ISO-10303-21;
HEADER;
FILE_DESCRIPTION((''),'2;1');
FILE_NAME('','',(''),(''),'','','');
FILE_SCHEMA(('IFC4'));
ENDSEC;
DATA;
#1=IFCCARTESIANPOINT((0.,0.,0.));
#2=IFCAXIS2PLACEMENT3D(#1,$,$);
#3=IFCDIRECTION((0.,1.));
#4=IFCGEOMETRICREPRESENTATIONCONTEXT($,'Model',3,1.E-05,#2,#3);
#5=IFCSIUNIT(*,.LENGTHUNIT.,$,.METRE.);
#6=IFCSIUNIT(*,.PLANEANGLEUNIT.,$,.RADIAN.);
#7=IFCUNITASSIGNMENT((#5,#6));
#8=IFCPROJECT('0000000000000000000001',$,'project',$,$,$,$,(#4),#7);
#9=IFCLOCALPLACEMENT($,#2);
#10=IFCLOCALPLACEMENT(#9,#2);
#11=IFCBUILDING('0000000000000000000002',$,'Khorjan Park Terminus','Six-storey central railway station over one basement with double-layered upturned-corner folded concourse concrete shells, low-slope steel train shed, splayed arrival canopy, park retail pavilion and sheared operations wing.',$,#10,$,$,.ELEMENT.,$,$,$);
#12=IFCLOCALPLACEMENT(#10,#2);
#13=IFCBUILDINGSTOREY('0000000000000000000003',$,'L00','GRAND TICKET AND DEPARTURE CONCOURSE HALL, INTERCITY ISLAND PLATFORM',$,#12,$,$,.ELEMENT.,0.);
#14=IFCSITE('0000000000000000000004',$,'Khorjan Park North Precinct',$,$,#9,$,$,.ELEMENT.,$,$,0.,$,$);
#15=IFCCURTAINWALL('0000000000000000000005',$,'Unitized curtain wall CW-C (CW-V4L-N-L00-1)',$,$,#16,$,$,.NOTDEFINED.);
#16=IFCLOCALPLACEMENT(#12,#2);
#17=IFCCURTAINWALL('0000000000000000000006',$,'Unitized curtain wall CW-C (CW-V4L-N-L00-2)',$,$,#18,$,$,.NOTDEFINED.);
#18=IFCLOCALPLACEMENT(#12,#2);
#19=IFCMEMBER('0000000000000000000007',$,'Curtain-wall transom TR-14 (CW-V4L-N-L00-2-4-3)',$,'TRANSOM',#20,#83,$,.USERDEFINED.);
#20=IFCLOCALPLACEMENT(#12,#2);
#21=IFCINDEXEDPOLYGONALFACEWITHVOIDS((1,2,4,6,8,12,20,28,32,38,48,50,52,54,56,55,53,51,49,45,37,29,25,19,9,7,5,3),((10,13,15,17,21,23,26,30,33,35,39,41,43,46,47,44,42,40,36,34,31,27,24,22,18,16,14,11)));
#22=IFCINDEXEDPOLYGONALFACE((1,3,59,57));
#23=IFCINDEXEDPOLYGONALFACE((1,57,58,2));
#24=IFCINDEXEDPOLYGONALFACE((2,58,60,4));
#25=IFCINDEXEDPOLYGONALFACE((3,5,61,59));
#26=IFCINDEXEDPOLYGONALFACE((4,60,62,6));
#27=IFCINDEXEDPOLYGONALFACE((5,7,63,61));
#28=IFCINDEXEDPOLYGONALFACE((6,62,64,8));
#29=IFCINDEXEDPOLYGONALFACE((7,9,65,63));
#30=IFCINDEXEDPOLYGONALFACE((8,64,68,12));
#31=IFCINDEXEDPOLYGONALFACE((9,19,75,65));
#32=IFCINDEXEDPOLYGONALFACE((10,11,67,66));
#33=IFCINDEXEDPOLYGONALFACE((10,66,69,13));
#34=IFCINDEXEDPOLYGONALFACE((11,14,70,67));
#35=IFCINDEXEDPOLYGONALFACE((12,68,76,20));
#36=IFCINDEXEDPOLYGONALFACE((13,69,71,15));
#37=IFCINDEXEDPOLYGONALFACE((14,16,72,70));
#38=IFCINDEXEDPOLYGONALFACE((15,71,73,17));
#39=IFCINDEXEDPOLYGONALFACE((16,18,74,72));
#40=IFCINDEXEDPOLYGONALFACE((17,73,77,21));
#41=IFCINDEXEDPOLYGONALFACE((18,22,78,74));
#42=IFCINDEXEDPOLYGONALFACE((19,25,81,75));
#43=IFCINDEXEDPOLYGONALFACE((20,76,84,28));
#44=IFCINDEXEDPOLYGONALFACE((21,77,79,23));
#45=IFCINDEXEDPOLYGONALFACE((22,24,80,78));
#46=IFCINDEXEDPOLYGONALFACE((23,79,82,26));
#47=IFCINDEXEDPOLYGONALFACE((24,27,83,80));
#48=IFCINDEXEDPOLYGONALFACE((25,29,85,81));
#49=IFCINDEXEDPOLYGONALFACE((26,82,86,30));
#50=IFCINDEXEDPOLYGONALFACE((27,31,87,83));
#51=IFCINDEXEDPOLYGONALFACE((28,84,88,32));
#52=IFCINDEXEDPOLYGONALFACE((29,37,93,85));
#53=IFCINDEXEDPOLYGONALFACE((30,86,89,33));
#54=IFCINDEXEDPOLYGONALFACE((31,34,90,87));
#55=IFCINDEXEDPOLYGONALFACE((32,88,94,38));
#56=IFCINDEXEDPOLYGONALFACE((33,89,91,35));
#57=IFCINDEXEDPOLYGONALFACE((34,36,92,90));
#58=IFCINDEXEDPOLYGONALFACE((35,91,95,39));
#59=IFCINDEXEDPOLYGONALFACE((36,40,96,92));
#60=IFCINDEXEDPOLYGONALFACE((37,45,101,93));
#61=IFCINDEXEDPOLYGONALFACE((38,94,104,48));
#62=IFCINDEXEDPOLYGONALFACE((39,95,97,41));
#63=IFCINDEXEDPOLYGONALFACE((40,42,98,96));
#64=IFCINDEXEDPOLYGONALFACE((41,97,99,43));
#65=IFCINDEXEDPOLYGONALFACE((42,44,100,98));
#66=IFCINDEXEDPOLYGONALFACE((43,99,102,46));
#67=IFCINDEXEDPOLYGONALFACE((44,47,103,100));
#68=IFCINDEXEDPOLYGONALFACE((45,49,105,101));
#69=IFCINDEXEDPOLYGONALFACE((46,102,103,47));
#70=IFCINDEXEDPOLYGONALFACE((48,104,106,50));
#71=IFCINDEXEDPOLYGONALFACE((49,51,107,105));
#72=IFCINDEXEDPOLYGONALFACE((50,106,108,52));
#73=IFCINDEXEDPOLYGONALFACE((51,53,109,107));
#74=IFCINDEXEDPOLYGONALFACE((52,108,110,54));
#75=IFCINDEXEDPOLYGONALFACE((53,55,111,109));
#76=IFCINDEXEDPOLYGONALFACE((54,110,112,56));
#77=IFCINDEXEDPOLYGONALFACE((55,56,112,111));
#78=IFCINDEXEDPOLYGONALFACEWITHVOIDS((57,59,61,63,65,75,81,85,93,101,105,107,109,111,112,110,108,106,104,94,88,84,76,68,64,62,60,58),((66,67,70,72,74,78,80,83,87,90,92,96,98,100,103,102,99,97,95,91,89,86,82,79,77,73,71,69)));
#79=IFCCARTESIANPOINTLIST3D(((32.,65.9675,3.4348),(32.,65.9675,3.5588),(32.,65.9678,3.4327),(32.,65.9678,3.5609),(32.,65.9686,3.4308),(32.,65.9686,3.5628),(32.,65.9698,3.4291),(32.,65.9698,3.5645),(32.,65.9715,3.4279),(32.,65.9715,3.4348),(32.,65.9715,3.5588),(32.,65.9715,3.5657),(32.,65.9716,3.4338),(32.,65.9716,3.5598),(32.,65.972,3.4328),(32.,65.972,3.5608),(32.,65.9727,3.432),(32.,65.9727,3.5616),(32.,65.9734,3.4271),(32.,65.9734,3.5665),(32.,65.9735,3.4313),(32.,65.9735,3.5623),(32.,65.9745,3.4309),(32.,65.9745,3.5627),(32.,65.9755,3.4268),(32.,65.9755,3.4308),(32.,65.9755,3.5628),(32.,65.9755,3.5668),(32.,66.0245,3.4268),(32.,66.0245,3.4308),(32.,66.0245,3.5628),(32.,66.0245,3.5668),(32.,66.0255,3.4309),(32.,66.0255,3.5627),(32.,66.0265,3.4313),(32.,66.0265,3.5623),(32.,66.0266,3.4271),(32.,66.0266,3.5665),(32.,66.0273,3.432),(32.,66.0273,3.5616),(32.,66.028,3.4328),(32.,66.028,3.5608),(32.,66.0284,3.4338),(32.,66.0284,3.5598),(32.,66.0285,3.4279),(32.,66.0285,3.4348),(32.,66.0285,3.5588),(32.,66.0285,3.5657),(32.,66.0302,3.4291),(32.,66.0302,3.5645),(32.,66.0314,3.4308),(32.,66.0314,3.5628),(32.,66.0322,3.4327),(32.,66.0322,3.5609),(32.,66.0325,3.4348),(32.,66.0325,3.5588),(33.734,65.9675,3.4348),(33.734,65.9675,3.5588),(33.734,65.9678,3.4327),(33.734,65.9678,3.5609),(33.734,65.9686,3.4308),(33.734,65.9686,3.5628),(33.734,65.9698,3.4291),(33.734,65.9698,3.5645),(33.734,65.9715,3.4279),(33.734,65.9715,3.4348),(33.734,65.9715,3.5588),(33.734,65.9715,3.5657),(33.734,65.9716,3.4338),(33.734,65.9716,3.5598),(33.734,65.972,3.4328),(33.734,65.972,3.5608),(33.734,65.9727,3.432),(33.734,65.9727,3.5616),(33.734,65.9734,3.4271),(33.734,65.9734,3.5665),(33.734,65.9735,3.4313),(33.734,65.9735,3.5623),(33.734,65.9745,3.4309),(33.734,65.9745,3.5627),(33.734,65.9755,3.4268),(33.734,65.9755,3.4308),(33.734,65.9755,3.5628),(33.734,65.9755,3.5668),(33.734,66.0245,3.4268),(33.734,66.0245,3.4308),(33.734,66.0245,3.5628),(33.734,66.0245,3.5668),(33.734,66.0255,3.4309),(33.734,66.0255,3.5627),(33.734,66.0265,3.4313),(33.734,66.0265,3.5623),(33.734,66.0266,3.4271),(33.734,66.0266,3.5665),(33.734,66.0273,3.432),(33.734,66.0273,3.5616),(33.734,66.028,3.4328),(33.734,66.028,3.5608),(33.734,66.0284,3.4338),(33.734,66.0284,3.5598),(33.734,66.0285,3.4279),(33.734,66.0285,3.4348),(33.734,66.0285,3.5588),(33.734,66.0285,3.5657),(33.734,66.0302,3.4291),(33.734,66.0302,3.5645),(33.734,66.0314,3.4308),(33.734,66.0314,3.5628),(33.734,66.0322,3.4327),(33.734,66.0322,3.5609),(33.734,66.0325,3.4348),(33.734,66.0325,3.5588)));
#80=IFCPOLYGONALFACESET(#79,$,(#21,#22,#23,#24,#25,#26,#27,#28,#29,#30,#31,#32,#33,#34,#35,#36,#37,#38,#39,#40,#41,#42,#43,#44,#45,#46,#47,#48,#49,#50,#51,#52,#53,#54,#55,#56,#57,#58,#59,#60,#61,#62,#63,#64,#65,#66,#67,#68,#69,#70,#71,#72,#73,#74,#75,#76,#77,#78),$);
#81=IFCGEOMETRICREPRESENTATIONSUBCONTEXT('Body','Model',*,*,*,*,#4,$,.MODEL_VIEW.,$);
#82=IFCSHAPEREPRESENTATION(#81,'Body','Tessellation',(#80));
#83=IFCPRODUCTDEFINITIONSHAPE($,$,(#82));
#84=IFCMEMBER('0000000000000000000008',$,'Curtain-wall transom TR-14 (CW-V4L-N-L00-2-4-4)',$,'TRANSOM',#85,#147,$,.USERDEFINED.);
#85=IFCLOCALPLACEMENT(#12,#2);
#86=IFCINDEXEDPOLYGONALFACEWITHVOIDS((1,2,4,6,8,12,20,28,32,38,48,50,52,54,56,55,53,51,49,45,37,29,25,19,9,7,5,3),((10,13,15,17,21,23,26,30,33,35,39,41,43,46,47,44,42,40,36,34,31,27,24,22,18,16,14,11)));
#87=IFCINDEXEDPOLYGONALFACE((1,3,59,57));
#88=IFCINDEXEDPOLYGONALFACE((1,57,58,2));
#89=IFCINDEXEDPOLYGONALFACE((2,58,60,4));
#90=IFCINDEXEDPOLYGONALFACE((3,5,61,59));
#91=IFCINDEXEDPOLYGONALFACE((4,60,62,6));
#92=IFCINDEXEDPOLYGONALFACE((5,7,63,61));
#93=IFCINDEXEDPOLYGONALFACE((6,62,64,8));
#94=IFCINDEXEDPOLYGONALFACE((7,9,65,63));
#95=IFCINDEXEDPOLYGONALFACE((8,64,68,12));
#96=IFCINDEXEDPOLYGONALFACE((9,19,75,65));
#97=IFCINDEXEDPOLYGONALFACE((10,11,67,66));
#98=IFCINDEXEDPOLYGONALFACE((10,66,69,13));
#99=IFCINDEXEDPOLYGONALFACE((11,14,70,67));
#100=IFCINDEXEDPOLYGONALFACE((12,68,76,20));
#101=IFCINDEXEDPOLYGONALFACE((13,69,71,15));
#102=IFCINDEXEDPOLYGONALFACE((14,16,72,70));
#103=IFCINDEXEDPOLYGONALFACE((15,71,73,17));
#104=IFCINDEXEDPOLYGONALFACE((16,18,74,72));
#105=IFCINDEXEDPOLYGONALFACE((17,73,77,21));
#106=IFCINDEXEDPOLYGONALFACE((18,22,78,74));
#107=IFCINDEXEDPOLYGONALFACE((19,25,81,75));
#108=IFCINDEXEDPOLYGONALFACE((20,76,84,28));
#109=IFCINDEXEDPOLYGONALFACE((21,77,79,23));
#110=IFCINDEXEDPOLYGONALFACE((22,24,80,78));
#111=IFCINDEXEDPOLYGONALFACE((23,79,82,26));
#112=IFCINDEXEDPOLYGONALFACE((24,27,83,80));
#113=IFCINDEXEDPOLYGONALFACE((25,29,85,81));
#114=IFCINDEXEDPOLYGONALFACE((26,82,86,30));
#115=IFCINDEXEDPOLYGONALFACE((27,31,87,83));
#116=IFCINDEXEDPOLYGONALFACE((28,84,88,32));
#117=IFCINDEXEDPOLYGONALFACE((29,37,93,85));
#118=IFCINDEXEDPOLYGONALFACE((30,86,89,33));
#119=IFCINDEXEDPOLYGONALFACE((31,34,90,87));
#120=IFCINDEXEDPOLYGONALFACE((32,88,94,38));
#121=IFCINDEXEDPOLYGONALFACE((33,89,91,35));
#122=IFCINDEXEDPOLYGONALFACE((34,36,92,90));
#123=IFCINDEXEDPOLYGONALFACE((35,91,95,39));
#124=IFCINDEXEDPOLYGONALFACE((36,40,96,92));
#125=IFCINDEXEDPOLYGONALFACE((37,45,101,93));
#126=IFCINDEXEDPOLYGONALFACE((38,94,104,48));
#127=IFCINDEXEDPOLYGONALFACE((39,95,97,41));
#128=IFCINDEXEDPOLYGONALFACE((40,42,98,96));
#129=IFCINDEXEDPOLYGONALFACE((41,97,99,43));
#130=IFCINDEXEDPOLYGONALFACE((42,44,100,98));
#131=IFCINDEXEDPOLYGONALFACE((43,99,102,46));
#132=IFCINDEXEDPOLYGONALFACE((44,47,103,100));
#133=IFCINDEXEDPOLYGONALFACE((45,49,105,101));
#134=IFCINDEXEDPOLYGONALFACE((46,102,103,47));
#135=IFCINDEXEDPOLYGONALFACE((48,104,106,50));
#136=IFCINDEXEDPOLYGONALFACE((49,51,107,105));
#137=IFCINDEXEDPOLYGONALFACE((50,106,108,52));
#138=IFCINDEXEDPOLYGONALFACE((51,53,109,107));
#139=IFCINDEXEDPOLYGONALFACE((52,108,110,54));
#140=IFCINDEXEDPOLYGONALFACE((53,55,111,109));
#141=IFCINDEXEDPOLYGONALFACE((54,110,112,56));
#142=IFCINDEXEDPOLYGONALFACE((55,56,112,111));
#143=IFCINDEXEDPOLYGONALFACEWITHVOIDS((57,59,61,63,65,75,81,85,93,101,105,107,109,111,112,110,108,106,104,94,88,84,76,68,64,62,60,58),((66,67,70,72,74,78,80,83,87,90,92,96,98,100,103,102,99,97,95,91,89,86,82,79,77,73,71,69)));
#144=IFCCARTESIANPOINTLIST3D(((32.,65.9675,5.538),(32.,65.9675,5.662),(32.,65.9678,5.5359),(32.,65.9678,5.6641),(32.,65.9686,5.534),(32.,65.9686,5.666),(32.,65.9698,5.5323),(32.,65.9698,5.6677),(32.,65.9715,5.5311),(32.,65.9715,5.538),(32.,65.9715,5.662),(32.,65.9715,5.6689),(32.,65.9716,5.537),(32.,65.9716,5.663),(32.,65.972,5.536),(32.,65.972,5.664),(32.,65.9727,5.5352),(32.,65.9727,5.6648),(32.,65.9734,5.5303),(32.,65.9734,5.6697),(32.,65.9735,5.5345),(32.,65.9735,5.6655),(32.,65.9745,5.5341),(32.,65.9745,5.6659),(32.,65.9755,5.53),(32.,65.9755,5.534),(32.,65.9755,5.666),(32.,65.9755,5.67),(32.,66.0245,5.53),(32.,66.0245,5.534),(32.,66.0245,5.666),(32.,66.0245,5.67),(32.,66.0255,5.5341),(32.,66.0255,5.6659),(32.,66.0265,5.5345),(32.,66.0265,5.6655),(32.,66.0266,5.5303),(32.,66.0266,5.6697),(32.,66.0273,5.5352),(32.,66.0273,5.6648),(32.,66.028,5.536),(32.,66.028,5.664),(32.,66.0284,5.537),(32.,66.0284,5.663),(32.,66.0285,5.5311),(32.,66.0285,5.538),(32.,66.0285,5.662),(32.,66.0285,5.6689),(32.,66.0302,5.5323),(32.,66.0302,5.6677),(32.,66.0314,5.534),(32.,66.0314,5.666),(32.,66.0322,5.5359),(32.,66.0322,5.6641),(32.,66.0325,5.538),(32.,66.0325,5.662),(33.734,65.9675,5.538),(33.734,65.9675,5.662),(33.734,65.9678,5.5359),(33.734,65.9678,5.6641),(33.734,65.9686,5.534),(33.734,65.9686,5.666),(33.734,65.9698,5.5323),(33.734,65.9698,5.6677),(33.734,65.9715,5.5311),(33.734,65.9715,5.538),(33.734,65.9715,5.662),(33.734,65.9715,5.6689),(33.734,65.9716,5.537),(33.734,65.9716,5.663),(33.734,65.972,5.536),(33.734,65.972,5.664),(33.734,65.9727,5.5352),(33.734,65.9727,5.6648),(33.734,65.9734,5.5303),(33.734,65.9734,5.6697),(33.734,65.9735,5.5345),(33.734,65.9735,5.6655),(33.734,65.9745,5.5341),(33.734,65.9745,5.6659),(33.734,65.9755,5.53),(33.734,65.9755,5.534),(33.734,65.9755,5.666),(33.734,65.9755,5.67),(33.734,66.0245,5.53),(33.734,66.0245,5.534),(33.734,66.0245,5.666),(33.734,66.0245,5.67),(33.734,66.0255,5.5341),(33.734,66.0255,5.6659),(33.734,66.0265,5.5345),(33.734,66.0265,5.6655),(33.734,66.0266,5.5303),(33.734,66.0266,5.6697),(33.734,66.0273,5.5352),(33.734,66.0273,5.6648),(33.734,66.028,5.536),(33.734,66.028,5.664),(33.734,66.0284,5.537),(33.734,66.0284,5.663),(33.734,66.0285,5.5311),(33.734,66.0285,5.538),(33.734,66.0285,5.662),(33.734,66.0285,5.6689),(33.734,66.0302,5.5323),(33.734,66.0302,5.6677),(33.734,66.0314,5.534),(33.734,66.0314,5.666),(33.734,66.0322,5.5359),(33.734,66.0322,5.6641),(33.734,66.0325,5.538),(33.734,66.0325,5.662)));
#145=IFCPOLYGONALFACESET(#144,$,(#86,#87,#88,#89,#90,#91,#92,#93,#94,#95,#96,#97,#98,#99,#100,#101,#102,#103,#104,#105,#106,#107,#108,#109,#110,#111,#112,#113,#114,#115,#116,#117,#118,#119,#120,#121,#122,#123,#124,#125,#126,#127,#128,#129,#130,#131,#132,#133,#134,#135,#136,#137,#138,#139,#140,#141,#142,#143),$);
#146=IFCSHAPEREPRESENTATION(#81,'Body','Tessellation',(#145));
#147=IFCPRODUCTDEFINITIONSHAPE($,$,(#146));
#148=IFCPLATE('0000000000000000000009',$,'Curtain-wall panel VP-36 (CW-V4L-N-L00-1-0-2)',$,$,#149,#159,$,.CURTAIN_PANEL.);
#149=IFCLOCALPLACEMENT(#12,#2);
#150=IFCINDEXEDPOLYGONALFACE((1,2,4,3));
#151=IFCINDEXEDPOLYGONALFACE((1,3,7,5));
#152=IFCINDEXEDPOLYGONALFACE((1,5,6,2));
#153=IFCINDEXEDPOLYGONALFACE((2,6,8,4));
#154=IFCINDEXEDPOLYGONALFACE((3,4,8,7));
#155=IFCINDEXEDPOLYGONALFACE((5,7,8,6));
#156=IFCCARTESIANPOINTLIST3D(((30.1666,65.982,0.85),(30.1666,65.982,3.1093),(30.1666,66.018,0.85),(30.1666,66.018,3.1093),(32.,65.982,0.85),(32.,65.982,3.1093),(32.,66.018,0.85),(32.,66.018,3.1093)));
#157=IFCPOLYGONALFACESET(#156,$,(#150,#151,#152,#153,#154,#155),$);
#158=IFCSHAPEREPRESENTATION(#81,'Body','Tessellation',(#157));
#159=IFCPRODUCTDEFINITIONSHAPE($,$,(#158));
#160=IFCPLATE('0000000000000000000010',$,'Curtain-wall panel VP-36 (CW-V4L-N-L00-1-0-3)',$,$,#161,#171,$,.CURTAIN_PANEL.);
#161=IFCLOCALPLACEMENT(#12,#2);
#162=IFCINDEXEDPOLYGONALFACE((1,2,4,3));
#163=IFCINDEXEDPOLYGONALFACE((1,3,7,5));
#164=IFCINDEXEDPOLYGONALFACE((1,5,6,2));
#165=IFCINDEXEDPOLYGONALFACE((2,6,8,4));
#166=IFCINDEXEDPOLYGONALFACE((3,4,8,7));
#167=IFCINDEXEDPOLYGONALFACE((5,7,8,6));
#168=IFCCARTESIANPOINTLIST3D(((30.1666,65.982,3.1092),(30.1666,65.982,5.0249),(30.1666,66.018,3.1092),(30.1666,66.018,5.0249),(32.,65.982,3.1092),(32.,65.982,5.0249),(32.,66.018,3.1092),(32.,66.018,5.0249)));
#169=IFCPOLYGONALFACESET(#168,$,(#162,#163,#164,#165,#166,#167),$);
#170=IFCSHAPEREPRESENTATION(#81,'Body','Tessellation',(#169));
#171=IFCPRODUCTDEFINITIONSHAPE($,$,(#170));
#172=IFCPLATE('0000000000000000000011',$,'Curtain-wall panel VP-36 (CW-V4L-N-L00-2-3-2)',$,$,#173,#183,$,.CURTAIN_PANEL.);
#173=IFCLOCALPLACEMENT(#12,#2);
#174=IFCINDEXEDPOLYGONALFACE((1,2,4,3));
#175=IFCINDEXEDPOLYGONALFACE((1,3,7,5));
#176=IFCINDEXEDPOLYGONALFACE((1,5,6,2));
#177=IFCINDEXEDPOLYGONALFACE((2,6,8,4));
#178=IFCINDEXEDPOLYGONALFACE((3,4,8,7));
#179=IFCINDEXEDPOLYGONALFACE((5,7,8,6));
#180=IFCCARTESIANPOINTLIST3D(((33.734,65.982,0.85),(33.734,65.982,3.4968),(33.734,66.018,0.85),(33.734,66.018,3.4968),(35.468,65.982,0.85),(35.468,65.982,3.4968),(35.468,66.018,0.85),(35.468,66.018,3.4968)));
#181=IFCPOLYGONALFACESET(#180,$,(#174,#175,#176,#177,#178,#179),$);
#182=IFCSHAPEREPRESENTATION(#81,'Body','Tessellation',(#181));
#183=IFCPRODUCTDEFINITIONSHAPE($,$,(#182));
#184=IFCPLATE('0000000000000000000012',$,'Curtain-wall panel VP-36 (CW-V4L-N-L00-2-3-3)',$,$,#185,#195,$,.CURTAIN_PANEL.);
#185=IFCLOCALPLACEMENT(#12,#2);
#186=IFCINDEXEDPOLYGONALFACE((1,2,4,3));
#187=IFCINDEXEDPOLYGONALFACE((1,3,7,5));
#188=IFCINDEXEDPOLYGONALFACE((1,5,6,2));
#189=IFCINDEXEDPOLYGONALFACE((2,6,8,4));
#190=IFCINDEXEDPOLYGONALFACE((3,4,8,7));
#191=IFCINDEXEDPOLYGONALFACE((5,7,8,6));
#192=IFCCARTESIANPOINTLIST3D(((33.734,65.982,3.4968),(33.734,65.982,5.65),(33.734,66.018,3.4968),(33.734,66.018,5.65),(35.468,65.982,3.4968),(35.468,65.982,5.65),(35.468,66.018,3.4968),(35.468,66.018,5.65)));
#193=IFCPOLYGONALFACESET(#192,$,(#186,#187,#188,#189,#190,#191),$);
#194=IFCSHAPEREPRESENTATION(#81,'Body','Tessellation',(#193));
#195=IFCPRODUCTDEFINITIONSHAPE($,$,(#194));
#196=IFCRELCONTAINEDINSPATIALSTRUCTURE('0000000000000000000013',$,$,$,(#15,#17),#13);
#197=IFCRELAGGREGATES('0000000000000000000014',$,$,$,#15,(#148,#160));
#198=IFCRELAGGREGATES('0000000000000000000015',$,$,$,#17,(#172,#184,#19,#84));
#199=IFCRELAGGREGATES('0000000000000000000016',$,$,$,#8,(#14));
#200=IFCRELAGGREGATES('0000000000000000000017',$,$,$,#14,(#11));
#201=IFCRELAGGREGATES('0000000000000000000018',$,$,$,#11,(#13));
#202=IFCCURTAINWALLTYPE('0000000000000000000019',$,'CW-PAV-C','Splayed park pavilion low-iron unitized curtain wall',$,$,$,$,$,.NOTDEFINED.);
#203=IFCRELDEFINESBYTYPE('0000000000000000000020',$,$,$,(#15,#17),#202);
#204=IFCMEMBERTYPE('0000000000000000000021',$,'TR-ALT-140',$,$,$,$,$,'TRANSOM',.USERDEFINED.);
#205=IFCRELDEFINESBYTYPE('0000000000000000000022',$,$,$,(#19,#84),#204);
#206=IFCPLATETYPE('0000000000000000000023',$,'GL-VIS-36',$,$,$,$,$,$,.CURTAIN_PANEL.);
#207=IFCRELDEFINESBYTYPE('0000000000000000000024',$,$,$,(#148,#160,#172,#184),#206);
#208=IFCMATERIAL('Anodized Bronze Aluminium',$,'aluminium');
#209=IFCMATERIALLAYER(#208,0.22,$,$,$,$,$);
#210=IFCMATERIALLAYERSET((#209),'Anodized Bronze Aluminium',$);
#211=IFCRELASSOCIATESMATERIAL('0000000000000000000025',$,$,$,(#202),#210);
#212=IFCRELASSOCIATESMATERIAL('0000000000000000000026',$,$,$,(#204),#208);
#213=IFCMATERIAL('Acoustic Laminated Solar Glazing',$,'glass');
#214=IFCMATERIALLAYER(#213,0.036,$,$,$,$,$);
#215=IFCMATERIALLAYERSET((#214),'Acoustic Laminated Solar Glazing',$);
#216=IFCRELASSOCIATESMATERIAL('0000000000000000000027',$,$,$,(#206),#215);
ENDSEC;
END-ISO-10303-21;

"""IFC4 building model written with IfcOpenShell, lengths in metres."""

from ifc_helpers import new_model, si_unit, direction, frame, origin, origin_2d, place, context, subcontext, project, spatial, rectangle, hollow_rectangle, extrude, material, layer, layer_set, material_profile, profile_set, type_object, element, aggregate, save


model = new_model("IFC4")

# Units and contexts
model_context = context("Model", 3, precision=1e-05, world=origin(), true_north=direction((0.0, 1.0)))
body_context = subcontext(model_context, "Body", "Model", "MODEL_VIEW")
ifc_project = project(units=[si_unit("LENGTHUNIT", "METRE"), si_unit("PLANEANGLEUNIT", "RADIAN")], contexts=[model_context])

# Site, building, storey
site_placement = place(None, origin())
site = spatial("IfcSite", under=ifc_project, at=site_placement, Name="Khorjan Park North Precinct", CompositionType="ELEMENT", RefElevation=0.0)
building_placement = place(site_placement, origin())
building = spatial("IfcBuilding", under=site, at=building_placement, Name="Khorjan Park Terminus", Description="Six-storey central railway station over one basement with double-layered upturned-corner folded concourse concrete shells, low-slope steel train shed, splayed arrival canopy, park retail pavilion and sheared operations wing.", CompositionType="ELEMENT")
storey_placement = place(building_placement, origin())
storey = spatial("IfcBuildingStorey", under=building, at=storey_placement, Name="L00", Description="GRAND TICKET AND DEPARTURE CONCOURSE HALL, INTERCITY ISLAND PLATFORM", CompositionType="ELEMENT", Elevation=0.0)

# Curtain wall
ifc_material_1 = material(Name="Anodized Bronze Aluminium", Category="aluminium")
ifc_layer_1 = layer(ifc_material_1, 0.22)
ifc_layer_set_1 = layer_set([ifc_layer_1], Name="Anodized Bronze Aluminium")
curtain_wall_type = type_object("IfcCurtainWallType", Name="CW-PAV-C", Description="Splayed park pavilion low-iron unitized curtain wall", PredefinedType="NOTDEFINED", material=ifc_layer_set_1)
curtain_wall_1_placement = place(storey_placement, origin())
curtain_wall_1 = element("IfcCurtainWall", 1, at=curtain_wall_1_placement, inside=storey, type_object=curtain_wall_type, Name="Unitized curtain wall CW-C (CW-V4L-N-L00-1)", PredefinedType="NOTDEFINED")

# Curtain wall
curtain_wall_2_placement = place(storey_placement, origin())
curtain_wall_2 = element("IfcCurtainWall", 2, at=curtain_wall_2_placement, inside=storey, type_object=curtain_wall_type, Name="Unitized curtain wall CW-C (CW-V4L-N-L00-2)", PredefinedType="NOTDEFINED")

# Members
ifc_material_profile_1 = material_profile(ifc_material_1, hollow_rectangle(XDim=0.065, YDim=0.14, WallThickness=0.004, InnerFilletRadius=0.004, OuterFilletRadius=0.008, at=origin_2d()), Name="ALT 65x140x4")
ifc_profile_set_1 = profile_set([ifc_material_profile_1], Name="Anodized Bronze Aluminium")
member_type_1 = type_object("IfcMemberType", Name="TR-ALT-140", ElementType="TRANSOM", PredefinedType="USERDEFINED", material=ifc_profile_set_1)
member_1_placement = place(storey_placement, frame((33.734, 66.0, 3.4968), z_axis=(-1.0, 0.0, 0.0), x_axis=(0.0, -1.0, 0.0)))
member_1 = element("IfcMember", 3, at=member_1_placement, type_object=member_type_1, Name="Curtain-wall transom TR-14 (CW-V4L-N-L00-2-4-3)", ObjectType="TRANSOM", PredefinedType="USERDEFINED", context=body_context, shape_type="SweptSolid", body=[
    extrude(hollow_rectangle(XDim=0.065, YDim=0.14, WallThickness=0.004, InnerFilletRadius=0.004, OuterFilletRadius=0.008, at=origin_2d()), origin(), (0.0, 0.0, 1.0), 1.734),
])
member_2_placement = place(storey_placement, frame((33.734, 66.0, 5.6), z_axis=(-1.0, 0.0, 0.0), x_axis=(0.0, -1.0, 0.0)))
member_2 = element("IfcMember", 4, at=member_2_placement, type_object=member_type_1, Name="Curtain-wall transom TR-14 (CW-V4L-N-L00-2-4-4)", ObjectType="TRANSOM", PredefinedType="USERDEFINED", context=body_context, shape_type="SweptSolid", body=[
    extrude(hollow_rectangle(XDim=0.065, YDim=0.14, WallThickness=0.004, InnerFilletRadius=0.004, OuterFilletRadius=0.008, at=origin_2d()), origin(), (0.0, 0.0, 1.0), 1.734),
])

# Plates
ifc_material_2 = material(Name="Acoustic Laminated Solar Glazing", Category="glass")
ifc_layer_2 = layer(ifc_material_2, 0.036)
ifc_layer_set_2 = layer_set([ifc_layer_2], Name="Acoustic Laminated Solar Glazing")
plate_type_1 = type_object("IfcPlateType", Name="GL-VIS-36", PredefinedType="CURTAIN_PANEL", material=ifc_layer_set_2)
plate_1_placement = place(storey_placement, frame((31.0833, 66.0, 0.85), z_axis=(0.0, 0.0, 1.0), x_axis=(-1.0, 0.0, 0.0)))
plate_1 = element("IfcPlate", 5, at=plate_1_placement, type_object=plate_type_1, Name="Curtain-wall panel VP-36 (CW-V4L-N-L00-1-0-2)", PredefinedType="CURTAIN_PANEL", context=body_context, shape_type="SweptSolid", body=[
    extrude(rectangle(XDim=1.8333, YDim=0.036, at=origin_2d()), origin(), (0.0, 0.0, 1.0), 2.2593),
])
plate_2_placement = place(storey_placement, frame((31.0833, 66.0, 3.1092), z_axis=(0.0, 0.0, 1.0), x_axis=(-1.0, 0.0, 0.0)))
plate_2 = element("IfcPlate", 6, at=plate_2_placement, type_object=plate_type_1, Name="Curtain-wall panel VP-36 (CW-V4L-N-L00-1-0-3)", PredefinedType="CURTAIN_PANEL", context=body_context, shape_type="SweptSolid", body=[
    extrude(rectangle(XDim=1.8333, YDim=0.036, at=origin_2d()), origin(), (0.0, 0.0, 1.0), 1.9157),
])
plate_3_placement = place(storey_placement, frame((34.601, 66.0, 0.85), z_axis=(0.0, 0.0, 1.0), x_axis=(-1.0, 0.0, 0.0)))
plate_3 = element("IfcPlate", 7, at=plate_3_placement, type_object=plate_type_1, Name="Curtain-wall panel VP-36 (CW-V4L-N-L00-2-3-2)", PredefinedType="CURTAIN_PANEL", context=body_context, shape_type="SweptSolid", body=[
    extrude(rectangle(XDim=1.734, YDim=0.036, at=origin_2d()), origin(), (0.0, 0.0, 1.0), 2.6468),
])
plate_4_placement = place(storey_placement, frame((34.601, 66.0, 3.4968), z_axis=(0.0, 0.0, 1.0), x_axis=(-1.0, 0.0, 0.0)))
plate_4 = element("IfcPlate", 8, at=plate_4_placement, type_object=plate_type_1, Name="Curtain-wall panel VP-36 (CW-V4L-N-L00-2-3-3)", PredefinedType="CURTAIN_PANEL", context=body_context, shape_type="SweptSolid", body=[
    extrude(rectangle(XDim=1.734, YDim=0.036, at=origin_2d()), origin(), (0.0, 0.0, 1.0), 2.1532),
])
aggregate(curtain_wall_1, [plate_1, plate_2])
aggregate(curtain_wall_2, [plate_3, plate_4, member_1, member_2])

save(model, "model.ifc")
